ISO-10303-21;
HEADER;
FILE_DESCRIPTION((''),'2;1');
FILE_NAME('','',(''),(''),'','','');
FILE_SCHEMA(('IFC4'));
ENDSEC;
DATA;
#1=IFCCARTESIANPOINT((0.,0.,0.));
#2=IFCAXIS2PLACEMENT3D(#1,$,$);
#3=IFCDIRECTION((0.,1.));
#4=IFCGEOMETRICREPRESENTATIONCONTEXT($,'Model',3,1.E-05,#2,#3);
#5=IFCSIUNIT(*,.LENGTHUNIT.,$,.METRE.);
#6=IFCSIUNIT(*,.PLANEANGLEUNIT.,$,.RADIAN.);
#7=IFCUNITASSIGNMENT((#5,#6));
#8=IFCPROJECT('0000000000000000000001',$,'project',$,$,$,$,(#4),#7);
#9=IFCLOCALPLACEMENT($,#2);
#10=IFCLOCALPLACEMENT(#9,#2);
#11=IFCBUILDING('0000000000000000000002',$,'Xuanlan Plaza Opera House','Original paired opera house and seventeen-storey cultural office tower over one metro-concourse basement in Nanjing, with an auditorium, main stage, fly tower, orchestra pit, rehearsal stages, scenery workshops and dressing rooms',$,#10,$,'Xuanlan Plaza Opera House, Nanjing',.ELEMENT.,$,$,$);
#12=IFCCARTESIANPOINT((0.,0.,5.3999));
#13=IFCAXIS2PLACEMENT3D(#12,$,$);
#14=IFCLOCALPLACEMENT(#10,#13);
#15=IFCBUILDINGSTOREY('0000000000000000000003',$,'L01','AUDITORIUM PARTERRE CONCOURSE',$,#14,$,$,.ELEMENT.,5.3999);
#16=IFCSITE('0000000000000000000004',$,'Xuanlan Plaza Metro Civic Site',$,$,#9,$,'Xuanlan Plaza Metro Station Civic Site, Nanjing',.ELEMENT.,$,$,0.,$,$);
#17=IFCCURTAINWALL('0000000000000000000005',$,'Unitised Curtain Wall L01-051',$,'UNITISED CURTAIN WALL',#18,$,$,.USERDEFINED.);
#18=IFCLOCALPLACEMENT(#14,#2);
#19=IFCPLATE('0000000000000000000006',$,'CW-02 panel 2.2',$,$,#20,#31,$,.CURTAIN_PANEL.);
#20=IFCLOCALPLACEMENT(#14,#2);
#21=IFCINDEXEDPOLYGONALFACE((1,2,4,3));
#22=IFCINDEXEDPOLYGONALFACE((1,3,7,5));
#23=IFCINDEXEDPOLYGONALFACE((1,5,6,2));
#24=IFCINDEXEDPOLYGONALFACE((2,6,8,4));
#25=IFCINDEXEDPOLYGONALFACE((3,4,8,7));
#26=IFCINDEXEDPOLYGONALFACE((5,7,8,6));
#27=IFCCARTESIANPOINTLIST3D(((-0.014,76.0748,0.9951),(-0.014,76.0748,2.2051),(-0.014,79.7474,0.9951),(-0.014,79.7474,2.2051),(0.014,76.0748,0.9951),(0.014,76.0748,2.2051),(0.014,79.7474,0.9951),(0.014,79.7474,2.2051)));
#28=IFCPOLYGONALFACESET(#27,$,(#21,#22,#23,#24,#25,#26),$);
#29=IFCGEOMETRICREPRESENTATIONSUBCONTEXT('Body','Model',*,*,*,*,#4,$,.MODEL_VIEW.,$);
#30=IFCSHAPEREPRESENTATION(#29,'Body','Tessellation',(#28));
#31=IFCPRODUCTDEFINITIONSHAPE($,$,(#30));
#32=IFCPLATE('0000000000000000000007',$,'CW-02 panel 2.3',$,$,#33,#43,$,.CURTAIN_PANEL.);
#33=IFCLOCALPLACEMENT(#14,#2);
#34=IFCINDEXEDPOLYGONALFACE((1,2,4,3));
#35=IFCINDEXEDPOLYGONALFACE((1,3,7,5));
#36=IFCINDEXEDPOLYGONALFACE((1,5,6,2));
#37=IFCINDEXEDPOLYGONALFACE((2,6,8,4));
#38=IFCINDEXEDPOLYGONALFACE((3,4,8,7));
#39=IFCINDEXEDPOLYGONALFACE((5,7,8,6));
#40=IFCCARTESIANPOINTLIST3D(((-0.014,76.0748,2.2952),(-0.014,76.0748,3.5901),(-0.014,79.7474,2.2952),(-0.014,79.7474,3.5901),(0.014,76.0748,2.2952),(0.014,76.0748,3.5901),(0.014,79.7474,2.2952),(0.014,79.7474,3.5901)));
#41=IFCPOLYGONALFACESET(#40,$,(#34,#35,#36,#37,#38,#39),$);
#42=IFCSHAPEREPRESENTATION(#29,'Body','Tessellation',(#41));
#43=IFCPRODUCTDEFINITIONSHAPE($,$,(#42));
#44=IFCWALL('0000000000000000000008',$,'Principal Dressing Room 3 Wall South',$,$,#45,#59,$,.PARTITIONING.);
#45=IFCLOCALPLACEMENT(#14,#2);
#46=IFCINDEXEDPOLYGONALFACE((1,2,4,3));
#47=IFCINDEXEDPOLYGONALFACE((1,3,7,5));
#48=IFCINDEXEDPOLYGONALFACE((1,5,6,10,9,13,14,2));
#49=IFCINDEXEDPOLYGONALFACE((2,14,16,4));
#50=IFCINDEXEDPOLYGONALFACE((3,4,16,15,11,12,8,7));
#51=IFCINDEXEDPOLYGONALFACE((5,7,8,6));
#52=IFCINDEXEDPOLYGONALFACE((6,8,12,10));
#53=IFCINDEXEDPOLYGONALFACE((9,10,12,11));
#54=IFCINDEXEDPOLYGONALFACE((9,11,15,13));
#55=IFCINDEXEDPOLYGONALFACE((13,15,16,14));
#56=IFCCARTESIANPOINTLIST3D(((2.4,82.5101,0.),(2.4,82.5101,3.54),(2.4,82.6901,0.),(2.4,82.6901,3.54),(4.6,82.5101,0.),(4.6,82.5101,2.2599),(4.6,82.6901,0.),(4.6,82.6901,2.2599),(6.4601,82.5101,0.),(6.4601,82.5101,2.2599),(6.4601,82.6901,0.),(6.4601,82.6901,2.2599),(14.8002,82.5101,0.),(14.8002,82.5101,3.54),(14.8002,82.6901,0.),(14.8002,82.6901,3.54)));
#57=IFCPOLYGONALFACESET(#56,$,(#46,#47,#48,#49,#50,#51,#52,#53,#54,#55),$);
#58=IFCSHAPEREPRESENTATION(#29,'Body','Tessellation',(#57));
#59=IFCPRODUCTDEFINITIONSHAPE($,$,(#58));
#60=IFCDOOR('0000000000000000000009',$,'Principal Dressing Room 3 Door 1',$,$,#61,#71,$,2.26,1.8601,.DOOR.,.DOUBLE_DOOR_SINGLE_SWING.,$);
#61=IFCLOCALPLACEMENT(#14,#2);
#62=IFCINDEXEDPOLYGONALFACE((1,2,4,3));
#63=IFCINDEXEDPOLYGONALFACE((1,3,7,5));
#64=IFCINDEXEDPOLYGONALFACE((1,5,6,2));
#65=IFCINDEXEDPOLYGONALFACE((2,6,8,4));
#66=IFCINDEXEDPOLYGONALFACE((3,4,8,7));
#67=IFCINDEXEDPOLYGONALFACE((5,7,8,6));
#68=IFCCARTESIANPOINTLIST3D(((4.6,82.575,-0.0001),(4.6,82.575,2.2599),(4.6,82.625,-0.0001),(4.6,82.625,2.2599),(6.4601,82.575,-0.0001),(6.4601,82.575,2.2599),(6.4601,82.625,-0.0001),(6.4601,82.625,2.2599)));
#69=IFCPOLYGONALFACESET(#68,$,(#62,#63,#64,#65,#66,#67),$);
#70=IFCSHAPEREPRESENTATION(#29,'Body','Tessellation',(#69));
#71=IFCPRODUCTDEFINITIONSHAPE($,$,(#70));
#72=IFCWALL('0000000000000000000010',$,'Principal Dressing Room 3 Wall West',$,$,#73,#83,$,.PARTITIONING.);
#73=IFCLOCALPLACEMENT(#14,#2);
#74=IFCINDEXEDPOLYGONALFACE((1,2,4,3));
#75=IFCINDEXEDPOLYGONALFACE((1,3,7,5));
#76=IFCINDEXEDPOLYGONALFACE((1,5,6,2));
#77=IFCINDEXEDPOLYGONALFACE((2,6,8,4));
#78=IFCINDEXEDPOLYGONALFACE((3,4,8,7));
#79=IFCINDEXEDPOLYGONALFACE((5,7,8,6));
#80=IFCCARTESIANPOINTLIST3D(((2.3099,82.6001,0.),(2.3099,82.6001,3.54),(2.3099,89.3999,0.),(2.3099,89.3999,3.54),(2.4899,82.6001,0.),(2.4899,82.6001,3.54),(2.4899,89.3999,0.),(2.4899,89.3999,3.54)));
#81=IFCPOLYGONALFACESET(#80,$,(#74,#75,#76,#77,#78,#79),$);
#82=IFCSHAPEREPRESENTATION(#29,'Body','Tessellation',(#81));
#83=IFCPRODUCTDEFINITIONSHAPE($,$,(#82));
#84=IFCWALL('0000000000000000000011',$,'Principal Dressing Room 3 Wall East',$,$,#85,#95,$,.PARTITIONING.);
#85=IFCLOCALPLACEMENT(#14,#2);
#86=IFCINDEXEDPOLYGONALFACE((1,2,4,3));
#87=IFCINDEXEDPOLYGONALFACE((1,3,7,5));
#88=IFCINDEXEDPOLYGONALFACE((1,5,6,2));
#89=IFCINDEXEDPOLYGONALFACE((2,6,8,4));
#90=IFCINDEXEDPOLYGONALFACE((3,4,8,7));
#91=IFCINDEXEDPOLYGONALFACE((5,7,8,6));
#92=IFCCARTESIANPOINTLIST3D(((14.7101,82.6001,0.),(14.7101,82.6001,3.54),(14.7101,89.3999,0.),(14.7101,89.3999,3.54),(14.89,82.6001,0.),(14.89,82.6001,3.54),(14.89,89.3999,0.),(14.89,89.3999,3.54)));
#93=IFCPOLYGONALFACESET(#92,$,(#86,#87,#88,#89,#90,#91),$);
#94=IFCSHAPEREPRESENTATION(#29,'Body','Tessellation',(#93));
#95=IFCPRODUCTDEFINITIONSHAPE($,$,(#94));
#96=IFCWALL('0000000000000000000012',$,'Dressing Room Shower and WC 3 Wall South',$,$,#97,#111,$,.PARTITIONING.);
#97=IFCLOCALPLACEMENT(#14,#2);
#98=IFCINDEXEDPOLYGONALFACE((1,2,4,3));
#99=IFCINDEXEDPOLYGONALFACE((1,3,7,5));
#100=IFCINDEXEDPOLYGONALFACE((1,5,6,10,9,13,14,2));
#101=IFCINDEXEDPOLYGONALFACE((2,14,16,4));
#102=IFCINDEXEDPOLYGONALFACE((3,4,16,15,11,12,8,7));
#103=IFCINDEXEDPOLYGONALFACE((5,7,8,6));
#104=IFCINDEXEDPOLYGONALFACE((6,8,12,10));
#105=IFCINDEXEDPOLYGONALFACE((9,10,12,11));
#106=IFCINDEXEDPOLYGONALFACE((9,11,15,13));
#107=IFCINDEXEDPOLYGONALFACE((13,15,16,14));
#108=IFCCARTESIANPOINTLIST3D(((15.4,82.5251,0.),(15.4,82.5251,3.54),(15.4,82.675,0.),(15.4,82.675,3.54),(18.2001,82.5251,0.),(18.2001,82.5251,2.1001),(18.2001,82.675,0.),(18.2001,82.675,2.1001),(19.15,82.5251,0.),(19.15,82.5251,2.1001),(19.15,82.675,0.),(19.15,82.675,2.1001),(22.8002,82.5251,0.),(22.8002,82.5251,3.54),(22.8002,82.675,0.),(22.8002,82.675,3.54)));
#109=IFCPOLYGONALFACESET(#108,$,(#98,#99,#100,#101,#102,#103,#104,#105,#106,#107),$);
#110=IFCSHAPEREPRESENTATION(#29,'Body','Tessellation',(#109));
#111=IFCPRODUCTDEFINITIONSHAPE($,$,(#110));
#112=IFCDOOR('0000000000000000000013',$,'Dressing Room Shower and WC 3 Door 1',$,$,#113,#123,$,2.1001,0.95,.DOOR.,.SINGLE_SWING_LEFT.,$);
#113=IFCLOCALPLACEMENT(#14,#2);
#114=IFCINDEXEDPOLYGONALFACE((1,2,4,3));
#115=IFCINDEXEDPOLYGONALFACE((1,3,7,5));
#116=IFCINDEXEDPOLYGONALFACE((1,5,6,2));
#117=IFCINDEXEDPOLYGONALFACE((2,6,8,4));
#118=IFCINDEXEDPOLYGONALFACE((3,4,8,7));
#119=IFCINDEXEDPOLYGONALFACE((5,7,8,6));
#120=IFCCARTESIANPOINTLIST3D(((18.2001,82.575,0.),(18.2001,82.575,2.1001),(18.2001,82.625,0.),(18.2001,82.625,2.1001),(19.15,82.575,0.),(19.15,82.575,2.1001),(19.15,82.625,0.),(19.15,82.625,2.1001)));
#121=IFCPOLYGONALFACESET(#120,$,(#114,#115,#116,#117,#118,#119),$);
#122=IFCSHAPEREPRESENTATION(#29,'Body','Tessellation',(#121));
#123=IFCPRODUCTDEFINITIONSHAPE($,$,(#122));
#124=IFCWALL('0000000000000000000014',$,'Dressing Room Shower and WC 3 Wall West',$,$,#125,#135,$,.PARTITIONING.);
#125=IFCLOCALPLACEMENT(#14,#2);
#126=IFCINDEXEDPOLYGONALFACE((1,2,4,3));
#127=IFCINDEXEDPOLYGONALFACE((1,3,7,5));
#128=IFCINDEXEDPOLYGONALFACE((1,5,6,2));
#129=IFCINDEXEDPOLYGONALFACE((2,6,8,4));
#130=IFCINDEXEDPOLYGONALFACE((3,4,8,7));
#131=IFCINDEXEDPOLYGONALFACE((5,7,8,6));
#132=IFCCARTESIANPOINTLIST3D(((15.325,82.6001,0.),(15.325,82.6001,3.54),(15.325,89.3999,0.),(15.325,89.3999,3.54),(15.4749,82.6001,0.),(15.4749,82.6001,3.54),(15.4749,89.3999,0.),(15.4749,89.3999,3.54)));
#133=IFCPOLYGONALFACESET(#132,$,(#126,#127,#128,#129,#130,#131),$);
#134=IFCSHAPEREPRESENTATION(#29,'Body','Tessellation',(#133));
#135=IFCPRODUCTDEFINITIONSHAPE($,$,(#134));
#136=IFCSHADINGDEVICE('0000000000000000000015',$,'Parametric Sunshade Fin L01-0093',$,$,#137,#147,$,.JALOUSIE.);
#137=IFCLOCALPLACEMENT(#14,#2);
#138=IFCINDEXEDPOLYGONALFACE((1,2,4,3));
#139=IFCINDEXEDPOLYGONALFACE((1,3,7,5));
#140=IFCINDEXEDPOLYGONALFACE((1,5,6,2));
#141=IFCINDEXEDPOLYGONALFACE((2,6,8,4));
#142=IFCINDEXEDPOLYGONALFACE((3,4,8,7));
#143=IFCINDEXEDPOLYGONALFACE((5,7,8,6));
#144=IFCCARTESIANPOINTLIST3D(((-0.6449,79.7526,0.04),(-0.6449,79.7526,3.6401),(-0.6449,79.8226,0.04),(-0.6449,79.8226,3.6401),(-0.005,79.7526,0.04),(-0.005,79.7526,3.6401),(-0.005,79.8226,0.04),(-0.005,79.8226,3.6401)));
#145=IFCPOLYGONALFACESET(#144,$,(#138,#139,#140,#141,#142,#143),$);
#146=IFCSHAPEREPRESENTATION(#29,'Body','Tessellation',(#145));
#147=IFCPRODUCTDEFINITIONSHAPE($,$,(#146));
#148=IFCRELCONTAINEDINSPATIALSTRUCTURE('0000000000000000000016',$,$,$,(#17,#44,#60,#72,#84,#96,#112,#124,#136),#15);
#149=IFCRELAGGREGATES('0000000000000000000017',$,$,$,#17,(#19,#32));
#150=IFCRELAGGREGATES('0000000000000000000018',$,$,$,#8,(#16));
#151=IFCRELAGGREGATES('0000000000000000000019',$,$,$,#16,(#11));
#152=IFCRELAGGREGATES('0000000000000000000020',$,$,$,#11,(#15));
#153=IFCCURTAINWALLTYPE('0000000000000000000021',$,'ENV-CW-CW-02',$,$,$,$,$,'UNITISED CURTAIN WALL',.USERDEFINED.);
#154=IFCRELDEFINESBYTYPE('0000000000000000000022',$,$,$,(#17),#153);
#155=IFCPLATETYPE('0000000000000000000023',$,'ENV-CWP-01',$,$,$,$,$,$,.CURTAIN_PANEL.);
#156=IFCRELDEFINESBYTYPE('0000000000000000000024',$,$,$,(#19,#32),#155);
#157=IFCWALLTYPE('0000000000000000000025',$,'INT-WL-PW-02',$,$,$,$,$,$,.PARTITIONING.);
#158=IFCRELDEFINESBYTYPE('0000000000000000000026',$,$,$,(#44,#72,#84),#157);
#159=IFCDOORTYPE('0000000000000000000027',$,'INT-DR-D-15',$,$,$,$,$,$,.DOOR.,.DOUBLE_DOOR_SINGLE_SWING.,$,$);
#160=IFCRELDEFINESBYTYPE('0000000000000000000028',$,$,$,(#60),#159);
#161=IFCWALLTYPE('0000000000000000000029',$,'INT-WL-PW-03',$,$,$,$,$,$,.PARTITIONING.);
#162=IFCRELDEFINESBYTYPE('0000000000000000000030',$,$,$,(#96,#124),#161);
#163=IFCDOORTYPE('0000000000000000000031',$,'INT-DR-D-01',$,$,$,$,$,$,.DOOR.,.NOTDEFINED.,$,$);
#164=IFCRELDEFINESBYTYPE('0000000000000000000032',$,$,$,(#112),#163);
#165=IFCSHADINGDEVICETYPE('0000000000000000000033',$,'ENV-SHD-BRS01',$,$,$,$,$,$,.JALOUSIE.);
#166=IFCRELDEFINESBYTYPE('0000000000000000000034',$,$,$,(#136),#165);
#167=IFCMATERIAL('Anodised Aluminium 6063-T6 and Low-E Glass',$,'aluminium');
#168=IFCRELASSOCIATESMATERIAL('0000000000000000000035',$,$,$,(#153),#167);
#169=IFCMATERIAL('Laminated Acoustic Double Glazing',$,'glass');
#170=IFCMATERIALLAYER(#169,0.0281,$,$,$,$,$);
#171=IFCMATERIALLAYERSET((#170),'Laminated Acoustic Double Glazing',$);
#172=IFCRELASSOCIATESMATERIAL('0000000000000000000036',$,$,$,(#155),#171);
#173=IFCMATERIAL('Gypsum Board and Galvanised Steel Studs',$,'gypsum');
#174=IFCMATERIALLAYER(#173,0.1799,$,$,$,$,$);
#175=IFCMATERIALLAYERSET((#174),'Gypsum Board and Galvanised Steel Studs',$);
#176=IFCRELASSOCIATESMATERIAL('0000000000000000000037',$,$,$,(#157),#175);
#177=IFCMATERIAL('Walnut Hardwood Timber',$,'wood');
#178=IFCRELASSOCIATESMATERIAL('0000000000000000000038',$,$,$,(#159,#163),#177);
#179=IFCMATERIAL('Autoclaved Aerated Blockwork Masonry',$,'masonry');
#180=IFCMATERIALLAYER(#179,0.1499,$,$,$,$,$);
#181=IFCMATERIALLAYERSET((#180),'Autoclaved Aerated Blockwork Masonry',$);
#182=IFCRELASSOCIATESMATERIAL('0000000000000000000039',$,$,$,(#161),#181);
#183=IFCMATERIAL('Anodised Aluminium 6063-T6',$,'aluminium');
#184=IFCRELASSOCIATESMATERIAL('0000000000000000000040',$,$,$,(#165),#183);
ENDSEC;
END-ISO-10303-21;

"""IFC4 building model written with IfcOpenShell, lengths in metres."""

from ifc_helpers import new_model, si_unit, direction, frame, frame_2d, origin, origin_2d, place, context, subcontext, project, spatial, rectangle, extrude, material, layer, layer_set, type_object, element, fill, aggregate, save


model = new_model("IFC4")

# Units and contexts
model_context = context("Model", 3, precision=1e-05, world=origin(), true_north=direction((0.0, 1.0)))
body_context = subcontext(model_context, "Body", "Model", "MODEL_VIEW")
ifc_project = project(units=[si_unit("LENGTHUNIT", "METRE"), si_unit("PLANEANGLEUNIT", "RADIAN")], contexts=[model_context])

# Site, building, storey
site_placement = place(None, origin())
site = spatial("IfcSite", under=ifc_project, at=site_placement, Name="Xuanlan Plaza Metro Civic Site", LongName="Xuanlan Plaza Metro Station Civic Site, Nanjing", CompositionType="ELEMENT", RefElevation=0.0)
building_placement = place(site_placement, origin())
building = spatial("IfcBuilding", under=site, at=building_placement, Name="Xuanlan Plaza Opera House", Description="Original paired opera house and seventeen-storey cultural office tower over one metro-concourse basement in Nanjing, with an auditorium, main stage, fly tower, orchestra pit, rehearsal stages, scenery workshops and dressing rooms", LongName="Xuanlan Plaza Opera House, Nanjing", CompositionType="ELEMENT")
storey_placement = place(building_placement, frame((0.0, 0.0, 5.3999)))
storey = spatial("IfcBuildingStorey", under=building, at=storey_placement, Name="L01", Description="AUDITORIUM PARTERRE CONCOURSE", CompositionType="ELEMENT", Elevation=5.3999)

# Curtain wall
ifc_material_1 = material(Name="Anodised Aluminium 6063-T6 and Low-E Glass", Category="aluminium")
curtain_wall_type = type_object("IfcCurtainWallType", Name="ENV-CW-CW-02", ElementType="UNITISED CURTAIN WALL", PredefinedType="USERDEFINED", material=ifc_material_1)
curtain_wall_placement = place(storey_placement, origin())
curtain_wall = element("IfcCurtainWall", 1, at=curtain_wall_placement, inside=storey, type_object=curtain_wall_type, Name="Unitised Curtain Wall L01-051", ObjectType="UNITISED CURTAIN WALL", PredefinedType="USERDEFINED")
ifc_material_2 = material(Name="Anodised Aluminium 6063-T6", Category="aluminium")

# Plates
ifc_material_3 = material(Name="Laminated Acoustic Double Glazing", Category="glass")
ifc_layer_1 = layer(ifc_material_3, 0.0281)
ifc_layer_set_1 = layer_set([ifc_layer_1], Name="Laminated Acoustic Double Glazing")
plate_type = type_object("IfcPlateType", Name="ENV-CWP-01", PredefinedType="CURTAIN_PANEL", material=ifc_layer_set_1)
plate_1_placement = place(storey_placement, frame((0.0, 77.9111, 0.9951), z_axis=(0.0, 0.0, 1.0), x_axis=(0.0, -1.0, 0.0)))
plate_1 = element("IfcPlate", 2, at=plate_1_placement, type_object=plate_type, Name="CW-02 panel 2.2", PredefinedType="CURTAIN_PANEL", context=body_context, shape_type="SweptSolid", body=[
    extrude(rectangle(XDim=3.6726, YDim=0.0281, at=origin_2d()), origin(), (0.0, 0.0, 1.0), 1.21),
])
plate_2_placement = place(storey_placement, frame((0.0, 77.9111, 2.2952), z_axis=(0.0, 0.0, 1.0), x_axis=(0.0, -1.0, 0.0)))
plate_2 = element("IfcPlate", 3, at=plate_2_placement, type_object=plate_type, Name="CW-02 panel 2.3", PredefinedType="CURTAIN_PANEL", context=body_context, shape_type="SweptSolid", body=[
    extrude(rectangle(XDim=3.6726, YDim=0.0281, at=origin_2d()), origin(), (0.0, 0.0, 1.0), 1.2949),
])
aggregate(curtain_wall, [plate_1, plate_2])

# Wall, opening, door
ifc_material_4 = material(Name="Gypsum Board and Galvanised Steel Studs", Category="gypsum")
ifc_layer_2 = layer(ifc_material_4, 0.1799)
ifc_layer_set_2 = layer_set([ifc_layer_2], Name="Gypsum Board and Galvanised Steel Studs")
wall_type_1 = type_object("IfcWallType", Name="INT-WL-PW-02", PredefinedType="PARTITIONING", material=ifc_layer_set_2)
wall_1_placement = place(storey_placement, frame((2.3999, 82.6001, 0.0), z_axis=(0.0, 0.0, 1.0), x_axis=(1.0, 0.0, 0.0)))
wall_1 = element("IfcWall", 4, at=wall_1_placement, inside=storey, type_object=wall_type_1, Name="Principal Dressing Room 3 Wall South", PredefinedType="PARTITIONING", context=body_context, shape_type="SweptSolid", body=[
    extrude(rectangle(XDim=12.4001, YDim=0.1799, at=frame_2d((6.2002, 0.0))), origin(), (0.0, 0.0, 1.0), 3.54),
])
opening_1_placement = place(wall_1_placement, frame((2.2, 0.0, 0.0)))
opening_1 = element("IfcOpeningElement", 5, at=opening_1_placement, cuts=wall_1, PredefinedType="OPENING", context=body_context, shape_type="SweptSolid", body=[
    extrude(rectangle(XDim=1.8601, YDim=2.26, at=frame_2d((0.9302, 1.1299))), frame((0.0, 0.0999, 0.0), z_axis=(0.0, -1.0, 0.0), x_axis=(1.0, 0.0, 0.0)), (0.0, 0.0, 1.0), 0.2),
])
ifc_material_5 = material(Name="Walnut Hardwood Timber", Category="wood")
door_type_1 = type_object("IfcDoorType", Name="INT-DR-D-15", OperationType="DOUBLE_DOOR_SINGLE_SWING", PredefinedType="DOOR", material=ifc_material_5)
door_1_placement = place(opening_1_placement, origin())
door_1 = element("IfcDoor", 6, at=door_1_placement, inside=storey, type_object=door_type_1, Name="Principal Dressing Room 3 Door 1", OperationType="DOUBLE_DOOR_SINGLE_SWING", OverallHeight=2.26, OverallWidth=1.8601, PredefinedType="DOOR", context=body_context, shape_type="SweptSolid", body=[
    extrude(rectangle(XDim=1.8601, YDim=2.26, at=frame_2d((0.9302, 1.1299))), frame((0.0, 0.0249, 0.0), z_axis=(0.0, -1.0, 0.0), x_axis=(1.0, 0.0, 0.0)), (0.0, 0.0, 1.0), 0.05),
])
fill(opening_1, door_1)

# Walls
for number, where, z_axis, x_axis, name in (
    (7, (2.3999, 82.6001, 0.0), (0.0, 0.0, 1.0), (0.0, 1.0, 0.0), "Principal Dressing Room 3 Wall West"),
    (8, (14.8, 82.6001, 0.0), (0.0, 0.0, 1.0), (0.0, 1.0, 0.0), "Principal Dressing Room 3 Wall East"),
):
    element("IfcWall", number, at=place(storey_placement, frame(where, z_axis=z_axis, x_axis=x_axis)), inside=storey, type_object=wall_type_1, Name=name, PredefinedType="PARTITIONING", context=body_context, shape_type="SweptSolid", body=[
        extrude(rectangle(XDim=6.7998, YDim=0.1799, at=frame_2d((3.3999, 0.0))), origin(), (0.0, 0.0, 1.0), 3.54),
    ])

# Wall, opening, door
ifc_material_6 = material(Name="Autoclaved Aerated Blockwork Masonry", Category="masonry")
ifc_layer_3 = layer(ifc_material_6, 0.1499)
ifc_layer_set_3 = layer_set([ifc_layer_3], Name="Autoclaved Aerated Blockwork Masonry")
wall_type_2 = type_object("IfcWallType", Name="INT-WL-PW-03", PredefinedType="PARTITIONING", material=ifc_layer_set_3)
wall_2_placement = place(storey_placement, frame((15.3999, 82.6001, 0.0), z_axis=(0.0, 0.0, 1.0), x_axis=(1.0, 0.0, 0.0)))
wall_2 = element("IfcWall", 9, at=wall_2_placement, inside=storey, type_object=wall_type_2, Name="Dressing Room Shower and WC 3 Wall South", PredefinedType="PARTITIONING", context=body_context, shape_type="SweptSolid", body=[
    extrude(rectangle(XDim=7.4001, YDim=0.1499, at=frame_2d((3.7002, 0.0))), origin(), (0.0, 0.0, 1.0), 3.54),
])
opening_2_placement = place(wall_2_placement, frame((2.8, 0.0, 0.0)))
opening_2 = element("IfcOpeningElement", 10, at=opening_2_placement, cuts=wall_2, PredefinedType="OPENING", context=body_context, shape_type="SweptSolid", body=[
    extrude(rectangle(XDim=0.95, YDim=2.1001, at=frame_2d((0.4751, 1.05))), frame((0.0, 0.085, 0.0), z_axis=(0.0, -1.0, 0.0), x_axis=(1.0, 0.0, 0.0)), (0.0, 0.0, 1.0), 0.1699),
])
door_type_2 = type_object("IfcDoorType", Name="INT-DR-D-01", OperationType="NOTDEFINED", PredefinedType="DOOR", material=ifc_material_5)
door_2_placement = place(opening_2_placement, origin())
door_2 = element("IfcDoor", 11, at=door_2_placement, inside=storey, type_object=door_type_2, Name="Dressing Room Shower and WC 3 Door 1", OperationType="SINGLE_SWING_LEFT", OverallHeight=2.1001, OverallWidth=0.95, PredefinedType="DOOR", context=body_context, shape_type="SweptSolid", body=[
    extrude(rectangle(XDim=0.95, YDim=2.1001, at=frame_2d((0.4751, 1.05))), frame((0.0, 0.0249, 0.0), z_axis=(0.0, -1.0, 0.0), x_axis=(1.0, 0.0, 0.0)), (0.0, 0.0, 1.0), 0.05),
])
fill(opening_2, door_2)

# Wall
wall_3_placement = place(storey_placement, frame((15.3999, 82.6001, 0.0), z_axis=(0.0, 0.0, 1.0), x_axis=(0.0, 1.0, 0.0)))
element("IfcWall", 12, at=wall_3_placement, inside=storey, type_object=wall_type_2, Name="Dressing Room Shower and WC 3 Wall West", PredefinedType="PARTITIONING", context=body_context, shape_type="SweptSolid", body=[
    extrude(rectangle(XDim=6.7998, YDim=0.1499, at=frame_2d((3.3999, 0.0))), origin(), (0.0, 0.0, 1.0), 3.54),
])

# Shading device
shading_device_type = type_object("IfcShadingDeviceType", Name="ENV-SHD-BRS01", PredefinedType="JALOUSIE", material=ifc_material_2)
shading_device_placement = place(storey_placement, frame((-0.325, 79.7876, 0.04), z_axis=(0.0, 0.0, 1.0), x_axis=(-1.0, 0.0, 0.0)))
element("IfcShadingDevice", 13, at=shading_device_placement, inside=storey, type_object=shading_device_type, Name="Parametric Sunshade Fin L01-0093", PredefinedType="JALOUSIE", context=body_context, shape_type="SweptSolid", body=[
    extrude(rectangle(XDim=0.6399, YDim=0.0701, at=origin_2d()), origin(), (0.0, 0.0, 1.0), 3.6001),
])

save(model, "model.ifc")
